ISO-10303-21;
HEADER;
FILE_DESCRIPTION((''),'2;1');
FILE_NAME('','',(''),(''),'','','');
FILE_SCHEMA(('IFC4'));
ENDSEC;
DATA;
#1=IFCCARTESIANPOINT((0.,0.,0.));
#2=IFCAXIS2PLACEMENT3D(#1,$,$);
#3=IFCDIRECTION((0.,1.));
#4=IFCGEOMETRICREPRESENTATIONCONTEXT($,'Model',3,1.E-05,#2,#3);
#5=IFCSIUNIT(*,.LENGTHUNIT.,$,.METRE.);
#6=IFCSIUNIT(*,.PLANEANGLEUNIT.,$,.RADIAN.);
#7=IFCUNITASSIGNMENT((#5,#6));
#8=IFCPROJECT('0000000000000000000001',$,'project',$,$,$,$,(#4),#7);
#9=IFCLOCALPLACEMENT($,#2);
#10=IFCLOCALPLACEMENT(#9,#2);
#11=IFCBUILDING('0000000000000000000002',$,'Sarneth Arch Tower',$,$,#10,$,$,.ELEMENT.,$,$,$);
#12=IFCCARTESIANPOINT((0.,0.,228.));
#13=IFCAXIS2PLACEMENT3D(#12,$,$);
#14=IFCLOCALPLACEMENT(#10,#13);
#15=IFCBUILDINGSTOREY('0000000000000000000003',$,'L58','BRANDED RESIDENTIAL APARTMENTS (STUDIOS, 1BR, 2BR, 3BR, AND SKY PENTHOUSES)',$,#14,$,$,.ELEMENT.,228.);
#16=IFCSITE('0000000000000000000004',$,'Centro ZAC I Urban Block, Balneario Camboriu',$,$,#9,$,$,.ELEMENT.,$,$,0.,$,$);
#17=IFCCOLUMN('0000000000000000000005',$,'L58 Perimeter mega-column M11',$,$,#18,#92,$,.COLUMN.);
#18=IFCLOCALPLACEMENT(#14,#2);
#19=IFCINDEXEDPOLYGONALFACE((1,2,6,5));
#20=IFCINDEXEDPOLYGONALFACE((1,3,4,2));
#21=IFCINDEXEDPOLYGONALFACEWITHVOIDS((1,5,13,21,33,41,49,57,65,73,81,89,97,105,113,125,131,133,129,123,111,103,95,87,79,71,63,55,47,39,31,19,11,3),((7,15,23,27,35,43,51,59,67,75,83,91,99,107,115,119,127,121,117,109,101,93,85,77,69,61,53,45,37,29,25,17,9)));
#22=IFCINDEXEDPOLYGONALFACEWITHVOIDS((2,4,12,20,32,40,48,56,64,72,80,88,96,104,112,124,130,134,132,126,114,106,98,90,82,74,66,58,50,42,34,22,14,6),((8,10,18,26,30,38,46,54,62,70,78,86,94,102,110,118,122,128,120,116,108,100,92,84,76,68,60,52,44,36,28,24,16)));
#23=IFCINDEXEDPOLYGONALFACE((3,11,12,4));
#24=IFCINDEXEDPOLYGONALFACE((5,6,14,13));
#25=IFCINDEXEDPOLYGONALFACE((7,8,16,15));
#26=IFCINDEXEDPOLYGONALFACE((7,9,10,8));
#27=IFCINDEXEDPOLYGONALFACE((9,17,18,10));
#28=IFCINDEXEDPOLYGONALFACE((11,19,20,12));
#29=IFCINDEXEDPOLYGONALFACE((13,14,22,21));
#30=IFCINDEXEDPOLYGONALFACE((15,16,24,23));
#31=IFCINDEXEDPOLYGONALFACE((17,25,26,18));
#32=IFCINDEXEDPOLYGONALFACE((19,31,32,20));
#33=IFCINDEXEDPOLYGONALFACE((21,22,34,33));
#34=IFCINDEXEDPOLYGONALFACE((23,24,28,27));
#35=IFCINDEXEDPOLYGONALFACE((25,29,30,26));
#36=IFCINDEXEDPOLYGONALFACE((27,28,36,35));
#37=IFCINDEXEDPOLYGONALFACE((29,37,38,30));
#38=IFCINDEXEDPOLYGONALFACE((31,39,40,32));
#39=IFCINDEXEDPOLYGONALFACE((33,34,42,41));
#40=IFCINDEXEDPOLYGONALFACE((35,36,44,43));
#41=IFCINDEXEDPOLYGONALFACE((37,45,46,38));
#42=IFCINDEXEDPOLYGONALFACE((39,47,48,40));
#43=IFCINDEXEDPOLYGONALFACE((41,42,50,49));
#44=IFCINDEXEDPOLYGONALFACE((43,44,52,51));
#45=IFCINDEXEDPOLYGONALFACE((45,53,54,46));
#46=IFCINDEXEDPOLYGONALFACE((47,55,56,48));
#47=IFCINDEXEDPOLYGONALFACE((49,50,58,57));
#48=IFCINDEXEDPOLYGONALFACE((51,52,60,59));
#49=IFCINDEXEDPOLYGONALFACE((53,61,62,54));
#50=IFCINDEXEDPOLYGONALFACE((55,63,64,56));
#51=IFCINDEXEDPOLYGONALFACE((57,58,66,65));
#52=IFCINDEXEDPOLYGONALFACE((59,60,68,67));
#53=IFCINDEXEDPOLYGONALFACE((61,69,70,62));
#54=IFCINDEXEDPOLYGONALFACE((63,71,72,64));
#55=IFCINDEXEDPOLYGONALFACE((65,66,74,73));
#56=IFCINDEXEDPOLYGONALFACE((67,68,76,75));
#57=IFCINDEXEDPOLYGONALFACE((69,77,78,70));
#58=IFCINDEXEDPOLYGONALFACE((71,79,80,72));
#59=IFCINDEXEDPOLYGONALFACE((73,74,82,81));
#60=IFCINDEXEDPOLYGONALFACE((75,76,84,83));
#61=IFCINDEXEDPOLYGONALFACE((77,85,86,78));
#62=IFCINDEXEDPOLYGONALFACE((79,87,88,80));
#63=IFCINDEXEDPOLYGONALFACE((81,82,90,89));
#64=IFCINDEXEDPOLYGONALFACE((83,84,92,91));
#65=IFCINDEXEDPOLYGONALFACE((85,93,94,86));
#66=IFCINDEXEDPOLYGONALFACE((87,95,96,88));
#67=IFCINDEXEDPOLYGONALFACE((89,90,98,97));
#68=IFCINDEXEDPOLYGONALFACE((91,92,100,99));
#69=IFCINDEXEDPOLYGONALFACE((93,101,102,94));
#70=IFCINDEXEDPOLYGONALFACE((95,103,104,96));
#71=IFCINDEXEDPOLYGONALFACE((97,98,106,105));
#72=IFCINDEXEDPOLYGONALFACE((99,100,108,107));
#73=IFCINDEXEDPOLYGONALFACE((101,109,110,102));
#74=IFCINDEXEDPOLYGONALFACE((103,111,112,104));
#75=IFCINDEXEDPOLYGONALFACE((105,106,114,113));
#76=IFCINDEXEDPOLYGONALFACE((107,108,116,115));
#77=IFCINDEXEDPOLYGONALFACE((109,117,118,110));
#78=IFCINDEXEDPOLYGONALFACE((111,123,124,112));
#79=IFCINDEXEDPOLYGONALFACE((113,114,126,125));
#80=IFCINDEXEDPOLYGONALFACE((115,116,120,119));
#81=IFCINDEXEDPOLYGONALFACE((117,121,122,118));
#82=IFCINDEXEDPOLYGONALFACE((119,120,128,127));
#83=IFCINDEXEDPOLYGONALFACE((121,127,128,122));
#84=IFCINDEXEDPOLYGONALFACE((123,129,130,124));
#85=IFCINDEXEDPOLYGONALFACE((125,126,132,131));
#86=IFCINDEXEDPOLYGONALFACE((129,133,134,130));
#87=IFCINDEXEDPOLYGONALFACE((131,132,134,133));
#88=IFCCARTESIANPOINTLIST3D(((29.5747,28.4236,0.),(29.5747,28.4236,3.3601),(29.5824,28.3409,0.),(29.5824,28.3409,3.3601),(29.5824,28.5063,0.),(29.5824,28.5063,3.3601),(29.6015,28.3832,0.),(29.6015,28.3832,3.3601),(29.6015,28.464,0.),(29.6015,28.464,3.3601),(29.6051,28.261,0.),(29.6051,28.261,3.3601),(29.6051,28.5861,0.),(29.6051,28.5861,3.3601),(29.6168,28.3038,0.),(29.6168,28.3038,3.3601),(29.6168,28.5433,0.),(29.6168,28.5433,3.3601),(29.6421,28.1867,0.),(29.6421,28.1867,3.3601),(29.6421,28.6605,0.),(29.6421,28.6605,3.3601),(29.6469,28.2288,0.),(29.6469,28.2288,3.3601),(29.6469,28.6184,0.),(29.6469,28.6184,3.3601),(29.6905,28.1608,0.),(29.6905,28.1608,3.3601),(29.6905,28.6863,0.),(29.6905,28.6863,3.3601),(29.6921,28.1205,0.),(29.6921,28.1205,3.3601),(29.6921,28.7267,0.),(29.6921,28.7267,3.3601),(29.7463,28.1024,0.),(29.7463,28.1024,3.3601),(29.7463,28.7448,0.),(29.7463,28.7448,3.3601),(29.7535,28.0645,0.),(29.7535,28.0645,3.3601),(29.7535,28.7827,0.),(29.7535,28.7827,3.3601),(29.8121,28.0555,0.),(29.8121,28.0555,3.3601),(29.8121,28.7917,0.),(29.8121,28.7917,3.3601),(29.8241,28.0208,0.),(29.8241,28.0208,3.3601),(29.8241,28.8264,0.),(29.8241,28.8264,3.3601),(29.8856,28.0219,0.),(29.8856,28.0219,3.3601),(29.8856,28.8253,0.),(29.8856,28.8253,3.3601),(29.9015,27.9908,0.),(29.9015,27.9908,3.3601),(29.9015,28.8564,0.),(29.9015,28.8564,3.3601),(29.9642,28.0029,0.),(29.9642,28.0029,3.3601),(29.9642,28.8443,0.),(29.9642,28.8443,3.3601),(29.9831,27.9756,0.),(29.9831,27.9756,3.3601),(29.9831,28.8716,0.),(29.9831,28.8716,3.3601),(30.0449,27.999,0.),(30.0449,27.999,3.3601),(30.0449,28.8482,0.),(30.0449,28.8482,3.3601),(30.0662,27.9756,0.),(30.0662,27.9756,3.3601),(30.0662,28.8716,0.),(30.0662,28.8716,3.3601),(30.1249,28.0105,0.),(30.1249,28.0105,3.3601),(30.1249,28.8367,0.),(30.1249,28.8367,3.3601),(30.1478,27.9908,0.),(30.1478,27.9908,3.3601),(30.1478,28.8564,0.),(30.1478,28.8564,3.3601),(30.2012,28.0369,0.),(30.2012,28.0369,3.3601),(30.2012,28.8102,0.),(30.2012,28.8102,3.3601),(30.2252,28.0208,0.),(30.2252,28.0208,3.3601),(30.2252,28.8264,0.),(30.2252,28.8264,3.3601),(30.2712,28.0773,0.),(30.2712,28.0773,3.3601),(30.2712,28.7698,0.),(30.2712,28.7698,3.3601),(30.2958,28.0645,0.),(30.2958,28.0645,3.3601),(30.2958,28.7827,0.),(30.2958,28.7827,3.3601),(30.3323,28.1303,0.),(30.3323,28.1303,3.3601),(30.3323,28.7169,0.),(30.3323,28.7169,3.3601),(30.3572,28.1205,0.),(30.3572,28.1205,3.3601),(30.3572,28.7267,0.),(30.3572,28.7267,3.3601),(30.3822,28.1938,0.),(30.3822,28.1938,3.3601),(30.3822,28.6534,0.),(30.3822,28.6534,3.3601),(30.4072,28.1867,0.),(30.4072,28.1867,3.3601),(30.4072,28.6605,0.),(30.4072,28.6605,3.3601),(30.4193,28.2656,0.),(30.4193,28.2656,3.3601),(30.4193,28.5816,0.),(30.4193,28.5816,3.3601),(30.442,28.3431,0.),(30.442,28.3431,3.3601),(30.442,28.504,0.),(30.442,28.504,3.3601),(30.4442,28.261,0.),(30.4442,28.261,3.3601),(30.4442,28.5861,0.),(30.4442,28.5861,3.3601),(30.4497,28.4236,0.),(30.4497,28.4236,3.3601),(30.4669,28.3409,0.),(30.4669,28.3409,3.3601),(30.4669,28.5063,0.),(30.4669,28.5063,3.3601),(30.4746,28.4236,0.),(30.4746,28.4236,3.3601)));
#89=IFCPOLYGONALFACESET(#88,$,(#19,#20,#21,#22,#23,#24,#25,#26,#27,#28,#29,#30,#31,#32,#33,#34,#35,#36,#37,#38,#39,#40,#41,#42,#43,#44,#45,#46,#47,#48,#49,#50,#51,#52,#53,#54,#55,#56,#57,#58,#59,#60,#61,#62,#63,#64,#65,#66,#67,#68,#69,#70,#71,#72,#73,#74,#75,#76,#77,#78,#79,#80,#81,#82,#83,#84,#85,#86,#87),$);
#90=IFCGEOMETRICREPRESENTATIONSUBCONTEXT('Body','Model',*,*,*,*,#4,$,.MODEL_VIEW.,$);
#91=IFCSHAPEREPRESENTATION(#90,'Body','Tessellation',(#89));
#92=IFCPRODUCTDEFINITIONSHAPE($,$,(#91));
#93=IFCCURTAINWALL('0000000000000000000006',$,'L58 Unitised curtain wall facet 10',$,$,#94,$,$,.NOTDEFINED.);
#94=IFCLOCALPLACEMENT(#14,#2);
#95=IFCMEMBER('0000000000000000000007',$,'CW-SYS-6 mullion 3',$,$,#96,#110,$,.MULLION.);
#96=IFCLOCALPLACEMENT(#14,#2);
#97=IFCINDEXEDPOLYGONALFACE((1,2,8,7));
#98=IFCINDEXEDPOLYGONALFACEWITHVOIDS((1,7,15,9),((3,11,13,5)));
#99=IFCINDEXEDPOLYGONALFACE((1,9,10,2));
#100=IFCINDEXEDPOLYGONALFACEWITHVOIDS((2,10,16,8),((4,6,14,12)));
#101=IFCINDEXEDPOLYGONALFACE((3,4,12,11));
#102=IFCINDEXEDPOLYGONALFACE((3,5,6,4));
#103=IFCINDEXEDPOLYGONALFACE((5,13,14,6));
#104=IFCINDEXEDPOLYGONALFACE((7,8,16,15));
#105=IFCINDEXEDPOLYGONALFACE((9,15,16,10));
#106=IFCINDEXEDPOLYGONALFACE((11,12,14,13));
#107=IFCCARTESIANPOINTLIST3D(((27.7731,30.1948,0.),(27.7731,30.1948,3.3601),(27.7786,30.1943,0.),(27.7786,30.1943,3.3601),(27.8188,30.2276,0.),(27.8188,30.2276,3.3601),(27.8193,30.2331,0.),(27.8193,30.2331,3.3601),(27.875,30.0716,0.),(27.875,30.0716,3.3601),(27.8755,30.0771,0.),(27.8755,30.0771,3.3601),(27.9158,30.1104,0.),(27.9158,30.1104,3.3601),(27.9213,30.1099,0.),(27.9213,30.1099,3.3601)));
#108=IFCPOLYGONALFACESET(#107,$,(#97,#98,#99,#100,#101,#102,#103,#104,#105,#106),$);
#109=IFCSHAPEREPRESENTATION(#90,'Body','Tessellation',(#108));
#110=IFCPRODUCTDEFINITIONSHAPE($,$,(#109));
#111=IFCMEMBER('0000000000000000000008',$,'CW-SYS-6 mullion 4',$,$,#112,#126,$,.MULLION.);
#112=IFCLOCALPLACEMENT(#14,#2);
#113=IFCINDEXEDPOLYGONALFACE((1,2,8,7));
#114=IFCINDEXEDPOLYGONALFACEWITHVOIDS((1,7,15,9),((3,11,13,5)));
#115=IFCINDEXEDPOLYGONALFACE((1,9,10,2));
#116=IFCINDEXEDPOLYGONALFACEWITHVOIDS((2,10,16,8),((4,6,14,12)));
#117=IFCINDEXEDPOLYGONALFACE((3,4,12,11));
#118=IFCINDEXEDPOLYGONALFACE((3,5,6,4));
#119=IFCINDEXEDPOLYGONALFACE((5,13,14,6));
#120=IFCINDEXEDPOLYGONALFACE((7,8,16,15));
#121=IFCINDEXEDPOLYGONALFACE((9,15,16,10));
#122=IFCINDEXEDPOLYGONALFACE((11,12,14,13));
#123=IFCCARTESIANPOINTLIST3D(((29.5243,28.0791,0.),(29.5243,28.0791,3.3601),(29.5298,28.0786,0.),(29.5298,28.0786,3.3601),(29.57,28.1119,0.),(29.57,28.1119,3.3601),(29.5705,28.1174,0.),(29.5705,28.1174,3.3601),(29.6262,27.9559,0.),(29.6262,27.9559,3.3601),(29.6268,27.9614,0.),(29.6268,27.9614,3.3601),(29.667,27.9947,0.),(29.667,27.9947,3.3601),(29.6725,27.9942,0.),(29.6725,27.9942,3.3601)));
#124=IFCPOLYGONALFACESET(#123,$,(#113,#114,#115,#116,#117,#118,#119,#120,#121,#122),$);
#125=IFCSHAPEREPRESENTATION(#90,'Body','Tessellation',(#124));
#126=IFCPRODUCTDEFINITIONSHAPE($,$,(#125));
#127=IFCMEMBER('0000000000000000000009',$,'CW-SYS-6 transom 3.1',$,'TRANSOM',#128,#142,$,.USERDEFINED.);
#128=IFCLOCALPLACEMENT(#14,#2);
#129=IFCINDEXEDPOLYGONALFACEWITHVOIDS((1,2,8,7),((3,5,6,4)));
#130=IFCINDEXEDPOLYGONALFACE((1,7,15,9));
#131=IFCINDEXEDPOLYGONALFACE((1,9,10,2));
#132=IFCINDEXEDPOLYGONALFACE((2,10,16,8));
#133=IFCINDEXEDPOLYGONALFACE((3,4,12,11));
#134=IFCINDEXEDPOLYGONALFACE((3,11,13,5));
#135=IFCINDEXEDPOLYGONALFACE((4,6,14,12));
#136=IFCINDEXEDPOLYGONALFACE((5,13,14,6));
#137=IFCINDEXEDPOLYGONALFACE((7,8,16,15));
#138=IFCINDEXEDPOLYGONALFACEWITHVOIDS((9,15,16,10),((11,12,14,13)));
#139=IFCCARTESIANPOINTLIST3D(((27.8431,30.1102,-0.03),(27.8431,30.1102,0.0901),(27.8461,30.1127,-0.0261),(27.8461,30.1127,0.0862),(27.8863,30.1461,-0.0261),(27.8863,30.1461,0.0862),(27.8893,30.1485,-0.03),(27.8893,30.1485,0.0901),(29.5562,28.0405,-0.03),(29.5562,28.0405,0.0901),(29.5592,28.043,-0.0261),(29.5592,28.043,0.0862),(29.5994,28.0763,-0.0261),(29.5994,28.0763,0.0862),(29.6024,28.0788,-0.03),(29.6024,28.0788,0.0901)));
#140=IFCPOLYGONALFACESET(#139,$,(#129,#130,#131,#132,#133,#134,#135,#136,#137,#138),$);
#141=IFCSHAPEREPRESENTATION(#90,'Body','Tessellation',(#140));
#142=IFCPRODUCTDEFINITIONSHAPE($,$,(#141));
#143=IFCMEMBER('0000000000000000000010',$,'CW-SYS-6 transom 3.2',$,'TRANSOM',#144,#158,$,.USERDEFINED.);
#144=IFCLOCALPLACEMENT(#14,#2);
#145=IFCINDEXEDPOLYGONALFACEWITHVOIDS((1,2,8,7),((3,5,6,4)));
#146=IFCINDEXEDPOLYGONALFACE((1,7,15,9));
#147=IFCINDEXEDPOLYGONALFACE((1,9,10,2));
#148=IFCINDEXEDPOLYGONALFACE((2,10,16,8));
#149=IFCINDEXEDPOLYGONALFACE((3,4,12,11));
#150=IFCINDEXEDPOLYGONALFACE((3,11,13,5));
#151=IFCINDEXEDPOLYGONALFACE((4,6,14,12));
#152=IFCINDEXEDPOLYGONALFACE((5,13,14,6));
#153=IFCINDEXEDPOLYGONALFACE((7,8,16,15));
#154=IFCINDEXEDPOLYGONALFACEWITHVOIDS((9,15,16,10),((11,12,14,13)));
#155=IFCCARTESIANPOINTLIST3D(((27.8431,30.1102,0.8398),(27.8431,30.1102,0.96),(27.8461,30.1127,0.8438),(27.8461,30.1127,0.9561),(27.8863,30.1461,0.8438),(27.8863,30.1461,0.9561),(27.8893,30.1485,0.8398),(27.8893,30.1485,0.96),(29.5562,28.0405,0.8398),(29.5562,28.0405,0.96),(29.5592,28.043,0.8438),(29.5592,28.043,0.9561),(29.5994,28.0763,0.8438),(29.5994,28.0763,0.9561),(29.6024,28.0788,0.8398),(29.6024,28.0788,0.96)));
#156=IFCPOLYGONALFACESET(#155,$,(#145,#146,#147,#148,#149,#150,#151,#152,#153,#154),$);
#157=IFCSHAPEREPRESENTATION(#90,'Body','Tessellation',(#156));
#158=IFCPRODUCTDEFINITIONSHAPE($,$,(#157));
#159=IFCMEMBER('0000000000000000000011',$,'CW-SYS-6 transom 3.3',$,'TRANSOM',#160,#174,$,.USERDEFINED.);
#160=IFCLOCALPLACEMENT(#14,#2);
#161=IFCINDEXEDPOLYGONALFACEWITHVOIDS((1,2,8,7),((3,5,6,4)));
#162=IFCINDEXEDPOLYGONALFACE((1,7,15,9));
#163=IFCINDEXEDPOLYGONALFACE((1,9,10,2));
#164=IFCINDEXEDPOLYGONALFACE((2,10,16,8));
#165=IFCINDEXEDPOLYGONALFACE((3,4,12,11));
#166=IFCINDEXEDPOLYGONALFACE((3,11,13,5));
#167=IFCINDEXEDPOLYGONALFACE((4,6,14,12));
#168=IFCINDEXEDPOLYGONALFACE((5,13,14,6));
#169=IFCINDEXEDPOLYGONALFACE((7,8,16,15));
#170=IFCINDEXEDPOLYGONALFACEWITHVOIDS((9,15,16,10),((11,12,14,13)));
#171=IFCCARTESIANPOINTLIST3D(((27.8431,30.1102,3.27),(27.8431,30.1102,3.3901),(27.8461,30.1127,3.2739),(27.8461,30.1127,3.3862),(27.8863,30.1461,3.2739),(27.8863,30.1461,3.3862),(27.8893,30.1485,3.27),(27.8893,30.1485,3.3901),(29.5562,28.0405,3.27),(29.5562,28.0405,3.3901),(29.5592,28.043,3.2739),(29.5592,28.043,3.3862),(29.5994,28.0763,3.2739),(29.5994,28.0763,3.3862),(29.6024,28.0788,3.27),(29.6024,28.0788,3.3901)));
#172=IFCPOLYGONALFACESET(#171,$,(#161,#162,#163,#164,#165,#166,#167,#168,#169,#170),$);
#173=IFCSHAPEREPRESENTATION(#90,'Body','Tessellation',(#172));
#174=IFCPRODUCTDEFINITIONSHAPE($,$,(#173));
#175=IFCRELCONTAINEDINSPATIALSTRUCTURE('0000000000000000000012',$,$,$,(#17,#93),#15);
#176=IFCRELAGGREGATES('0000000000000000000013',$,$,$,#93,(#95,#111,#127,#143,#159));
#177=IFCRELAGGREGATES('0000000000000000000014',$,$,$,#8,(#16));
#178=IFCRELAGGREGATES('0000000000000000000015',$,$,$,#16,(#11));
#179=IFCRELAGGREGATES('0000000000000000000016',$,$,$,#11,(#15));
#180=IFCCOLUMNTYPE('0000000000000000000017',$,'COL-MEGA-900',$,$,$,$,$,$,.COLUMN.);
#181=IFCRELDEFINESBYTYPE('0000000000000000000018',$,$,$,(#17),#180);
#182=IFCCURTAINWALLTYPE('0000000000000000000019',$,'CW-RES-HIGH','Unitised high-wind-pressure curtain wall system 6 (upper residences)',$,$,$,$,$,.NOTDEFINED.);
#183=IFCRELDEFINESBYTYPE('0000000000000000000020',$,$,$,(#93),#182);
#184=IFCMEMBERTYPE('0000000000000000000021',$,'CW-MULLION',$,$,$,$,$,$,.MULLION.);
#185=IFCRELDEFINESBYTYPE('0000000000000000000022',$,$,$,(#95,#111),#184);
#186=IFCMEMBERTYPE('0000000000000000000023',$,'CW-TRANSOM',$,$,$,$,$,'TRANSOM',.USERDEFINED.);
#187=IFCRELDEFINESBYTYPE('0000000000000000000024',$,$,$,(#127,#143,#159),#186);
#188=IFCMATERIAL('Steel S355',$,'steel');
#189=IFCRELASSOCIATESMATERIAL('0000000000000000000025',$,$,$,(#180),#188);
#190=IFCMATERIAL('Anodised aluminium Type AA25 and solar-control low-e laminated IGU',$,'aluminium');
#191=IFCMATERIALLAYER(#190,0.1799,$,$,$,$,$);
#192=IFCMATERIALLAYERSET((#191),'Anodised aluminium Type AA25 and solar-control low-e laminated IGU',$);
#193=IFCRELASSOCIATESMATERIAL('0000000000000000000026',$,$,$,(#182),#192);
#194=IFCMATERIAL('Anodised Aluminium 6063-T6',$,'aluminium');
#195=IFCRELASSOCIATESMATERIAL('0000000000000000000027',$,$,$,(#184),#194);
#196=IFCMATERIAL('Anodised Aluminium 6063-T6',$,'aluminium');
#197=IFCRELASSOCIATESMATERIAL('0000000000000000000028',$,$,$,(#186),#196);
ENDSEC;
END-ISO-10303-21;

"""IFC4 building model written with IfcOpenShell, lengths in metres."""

from ifc_helpers import new_model, si_unit, direction, frame, origin, origin_2d, place, context, subcontext, project, spatial, hollow_rectangle, hollow_circle, extrude, material, layer, layer_set, material_profile, profile_set, type_object, element, aggregate, save


model = new_model("IFC4")

# Units and contexts
model_context = context("Model", 3, precision=1e-05, world=origin(), true_north=direction((0.0, 1.0)))
body_context = subcontext(model_context, "Body", "Model", "MODEL_VIEW")
ifc_project = project(units=[si_unit("LENGTHUNIT", "METRE"), si_unit("PLANEANGLEUNIT", "RADIAN")], contexts=[model_context])

# Site, building, storey
site_placement = place(None, origin())
site = spatial("IfcSite", under=ifc_project, at=site_placement, Name="Centro ZAC I Urban Block, Balneario Camboriu", CompositionType="ELEMENT", RefElevation=0.0)
building_placement = place(site_placement, origin())
building = spatial("IfcBuilding", under=site, at=building_placement, Name="Sarneth Arch Tower", CompositionType="ELEMENT")
storey_placement = place(building_placement, frame((0.0, 0.0, 228.0)))
storey = spatial("IfcBuildingStorey", under=building, at=storey_placement, Name="L58", Description="BRANDED RESIDENTIAL APARTMENTS (STUDIOS, 1BR, 2BR, 3BR, AND SKY PENTHOUSES)", CompositionType="ELEMENT", Elevation=228.0)

# Column
ifc_material_1 = material(Name="Steel S355", Category="steel")
ifc_material_profile_1 = material_profile(ifc_material_1, hollow_circle(Radius=0.45, WallThickness=0.0249, at=origin_2d()), Name="CHS900x25")
ifc_profile_set_1 = profile_set([ifc_material_profile_1], Name="Steel S355")
column_type = type_object("IfcColumnType", Name="COL-MEGA-900", PredefinedType="COLUMN", material=ifc_profile_set_1)
column_placement = place(storey_placement, frame((30.0247, 28.4236, 0.0), z_axis=(0.0, 0.0, 1.0), x_axis=(1.0, 0.0, 0.0)))
element("IfcColumn", 1, at=column_placement, inside=storey, type_object=column_type, Name="L58 Perimeter mega-column M11", PredefinedType="COLUMN", context=body_context, shape_type="SweptSolid", body=[
    extrude(hollow_circle(Radius=0.45, WallThickness=0.0249, at=origin_2d()), origin(), (0.0, 0.0, 1.0), 3.3601),
])

# Curtain wall, members
ifc_material_2 = material(Name="Anodised aluminium Type AA25 and solar-control low-e laminated IGU", Category="aluminium")
ifc_layer_1 = layer(ifc_material_2, 0.1799)
ifc_layer_set_1 = layer_set([ifc_layer_1], Name="Anodised aluminium Type AA25 and solar-control low-e laminated IGU")
curtain_wall_type = type_object("IfcCurtainWallType", Name="CW-RES-HIGH", Description="Unitised high-wind-pressure curtain wall system 6 (upper residences)", PredefinedType="NOTDEFINED", material=ifc_layer_set_1)
curtain_wall_placement = place(storey_placement, origin())
curtain_wall = element("IfcCurtainWall", 2, at=curtain_wall_placement, inside=storey, type_object=curtain_wall_type, Name="L58 Unitised curtain wall facet 10", PredefinedType="NOTDEFINED")
ifc_material_3 = material(Name="Anodised Aluminium 6063-T6", Category="aluminium")
ifc_material_profile_2 = material_profile(ifc_material_3, hollow_rectangle(XDim=0.0601, YDim=0.1599, WallThickness=0.0039, at=origin_2d()), Name="AL-MULL-160x60x4")
ifc_profile_set_2 = profile_set([ifc_material_profile_2], Name="Anodised Aluminium 6063-T6")
member_type_1 = type_object("IfcMemberType", Name="CW-MULLION", PredefinedType="MULLION", material=ifc_profile_set_2)
member_1_placement = place(storey_placement, frame((27.8472, 30.1523, 0.0), z_axis=(0.0, 0.0, 1.0), x_axis=(0.770359, 0.63761, 0.0)))
member_1 = element("IfcMember", 3, at=member_1_placement, type_object=member_type_1, Name="CW-SYS-6 mullion 3", PredefinedType="MULLION", context=body_context, shape_type="SweptSolid", body=[
    extrude(hollow_rectangle(XDim=0.0601, YDim=0.1599, WallThickness=0.0039, at=origin_2d()), origin(), (0.0, 0.0, 1.0), 3.3601),
])
member_2_placement = place(storey_placement, frame((29.5984, 28.0366, 0.0), z_axis=(0.0, 0.0, 1.0), x_axis=(0.770359, 0.63761, 0.0)))
member_2 = element("IfcMember", 4, at=member_2_placement, type_object=member_type_1, Name="CW-SYS-6 mullion 4", PredefinedType="MULLION", context=body_context, shape_type="SweptSolid", body=[
    extrude(hollow_rectangle(XDim=0.0601, YDim=0.1599, WallThickness=0.0039, at=origin_2d()), origin(), (0.0, 0.0, 1.0), 3.3601),
])
ifc_material_4 = material(Name="Anodised Aluminium 6063-T6", Category="aluminium")
ifc_material_profile_3 = material_profile(ifc_material_4, hollow_rectangle(XDim=0.0601, YDim=0.1201, WallThickness=0.0039, at=origin_2d()), Name="AL-TRAN-120x60x4")
ifc_profile_set_3 = profile_set([ifc_material_profile_3], Name="Anodised Aluminium 6063-T6")
member_type_2 = type_object("IfcMemberType", Name="CW-TRANSOM", ElementType="TRANSOM", PredefinedType="USERDEFINED", material=ifc_profile_set_3)
member_3_placement = place(storey_placement, frame((27.8662, 30.1294, 0.03), z_axis=(0.637607, -0.770362, 0.0), x_axis=(0.770362, 0.637607, 0.0)))
member_3 = element("IfcMember", 5, at=member_3_placement, type_object=member_type_2, Name="CW-SYS-6 transom 3.1", ObjectType="TRANSOM", PredefinedType="USERDEFINED", context=body_context, shape_type="SweptSolid", body=[
    extrude(hollow_rectangle(XDim=0.0601, YDim=0.1201, WallThickness=0.0039, at=origin_2d()), origin(), (0.0, 0.0, 1.0), 2.6868),
])
member_4_placement = place(storey_placement, frame((27.8662, 30.1294, 0.8999), z_axis=(0.637607, -0.770362, 0.0), x_axis=(0.770362, 0.637607, 0.0)))
member_4 = element("IfcMember", 6, at=member_4_placement, type_object=member_type_2, Name="CW-SYS-6 transom 3.2", ObjectType="TRANSOM", PredefinedType="USERDEFINED", context=body_context, shape_type="SweptSolid", body=[
    extrude(hollow_rectangle(XDim=0.0601, YDim=0.1201, WallThickness=0.0039, at=origin_2d()), origin(), (0.0, 0.0, 1.0), 2.6868),
])
member_5_placement = place(storey_placement, frame((27.8662, 30.1294, 3.3301), z_axis=(0.637607, -0.770362, 0.0), x_axis=(0.770362, 0.637607, 0.0)))
member_5 = element("IfcMember", 7, at=member_5_placement, type_object=member_type_2, Name="CW-SYS-6 transom 3.3", ObjectType="TRANSOM", PredefinedType="USERDEFINED", context=body_context, shape_type="SweptSolid", body=[
    extrude(hollow_rectangle(XDim=0.0601, YDim=0.1201, WallThickness=0.0039, at=origin_2d()), origin(), (0.0, 0.0, 1.0), 2.6868),
])

aggregate(curtain_wall, [member_1, member_2, member_3, member_4, member_5])

save(model, "model.ifc")
